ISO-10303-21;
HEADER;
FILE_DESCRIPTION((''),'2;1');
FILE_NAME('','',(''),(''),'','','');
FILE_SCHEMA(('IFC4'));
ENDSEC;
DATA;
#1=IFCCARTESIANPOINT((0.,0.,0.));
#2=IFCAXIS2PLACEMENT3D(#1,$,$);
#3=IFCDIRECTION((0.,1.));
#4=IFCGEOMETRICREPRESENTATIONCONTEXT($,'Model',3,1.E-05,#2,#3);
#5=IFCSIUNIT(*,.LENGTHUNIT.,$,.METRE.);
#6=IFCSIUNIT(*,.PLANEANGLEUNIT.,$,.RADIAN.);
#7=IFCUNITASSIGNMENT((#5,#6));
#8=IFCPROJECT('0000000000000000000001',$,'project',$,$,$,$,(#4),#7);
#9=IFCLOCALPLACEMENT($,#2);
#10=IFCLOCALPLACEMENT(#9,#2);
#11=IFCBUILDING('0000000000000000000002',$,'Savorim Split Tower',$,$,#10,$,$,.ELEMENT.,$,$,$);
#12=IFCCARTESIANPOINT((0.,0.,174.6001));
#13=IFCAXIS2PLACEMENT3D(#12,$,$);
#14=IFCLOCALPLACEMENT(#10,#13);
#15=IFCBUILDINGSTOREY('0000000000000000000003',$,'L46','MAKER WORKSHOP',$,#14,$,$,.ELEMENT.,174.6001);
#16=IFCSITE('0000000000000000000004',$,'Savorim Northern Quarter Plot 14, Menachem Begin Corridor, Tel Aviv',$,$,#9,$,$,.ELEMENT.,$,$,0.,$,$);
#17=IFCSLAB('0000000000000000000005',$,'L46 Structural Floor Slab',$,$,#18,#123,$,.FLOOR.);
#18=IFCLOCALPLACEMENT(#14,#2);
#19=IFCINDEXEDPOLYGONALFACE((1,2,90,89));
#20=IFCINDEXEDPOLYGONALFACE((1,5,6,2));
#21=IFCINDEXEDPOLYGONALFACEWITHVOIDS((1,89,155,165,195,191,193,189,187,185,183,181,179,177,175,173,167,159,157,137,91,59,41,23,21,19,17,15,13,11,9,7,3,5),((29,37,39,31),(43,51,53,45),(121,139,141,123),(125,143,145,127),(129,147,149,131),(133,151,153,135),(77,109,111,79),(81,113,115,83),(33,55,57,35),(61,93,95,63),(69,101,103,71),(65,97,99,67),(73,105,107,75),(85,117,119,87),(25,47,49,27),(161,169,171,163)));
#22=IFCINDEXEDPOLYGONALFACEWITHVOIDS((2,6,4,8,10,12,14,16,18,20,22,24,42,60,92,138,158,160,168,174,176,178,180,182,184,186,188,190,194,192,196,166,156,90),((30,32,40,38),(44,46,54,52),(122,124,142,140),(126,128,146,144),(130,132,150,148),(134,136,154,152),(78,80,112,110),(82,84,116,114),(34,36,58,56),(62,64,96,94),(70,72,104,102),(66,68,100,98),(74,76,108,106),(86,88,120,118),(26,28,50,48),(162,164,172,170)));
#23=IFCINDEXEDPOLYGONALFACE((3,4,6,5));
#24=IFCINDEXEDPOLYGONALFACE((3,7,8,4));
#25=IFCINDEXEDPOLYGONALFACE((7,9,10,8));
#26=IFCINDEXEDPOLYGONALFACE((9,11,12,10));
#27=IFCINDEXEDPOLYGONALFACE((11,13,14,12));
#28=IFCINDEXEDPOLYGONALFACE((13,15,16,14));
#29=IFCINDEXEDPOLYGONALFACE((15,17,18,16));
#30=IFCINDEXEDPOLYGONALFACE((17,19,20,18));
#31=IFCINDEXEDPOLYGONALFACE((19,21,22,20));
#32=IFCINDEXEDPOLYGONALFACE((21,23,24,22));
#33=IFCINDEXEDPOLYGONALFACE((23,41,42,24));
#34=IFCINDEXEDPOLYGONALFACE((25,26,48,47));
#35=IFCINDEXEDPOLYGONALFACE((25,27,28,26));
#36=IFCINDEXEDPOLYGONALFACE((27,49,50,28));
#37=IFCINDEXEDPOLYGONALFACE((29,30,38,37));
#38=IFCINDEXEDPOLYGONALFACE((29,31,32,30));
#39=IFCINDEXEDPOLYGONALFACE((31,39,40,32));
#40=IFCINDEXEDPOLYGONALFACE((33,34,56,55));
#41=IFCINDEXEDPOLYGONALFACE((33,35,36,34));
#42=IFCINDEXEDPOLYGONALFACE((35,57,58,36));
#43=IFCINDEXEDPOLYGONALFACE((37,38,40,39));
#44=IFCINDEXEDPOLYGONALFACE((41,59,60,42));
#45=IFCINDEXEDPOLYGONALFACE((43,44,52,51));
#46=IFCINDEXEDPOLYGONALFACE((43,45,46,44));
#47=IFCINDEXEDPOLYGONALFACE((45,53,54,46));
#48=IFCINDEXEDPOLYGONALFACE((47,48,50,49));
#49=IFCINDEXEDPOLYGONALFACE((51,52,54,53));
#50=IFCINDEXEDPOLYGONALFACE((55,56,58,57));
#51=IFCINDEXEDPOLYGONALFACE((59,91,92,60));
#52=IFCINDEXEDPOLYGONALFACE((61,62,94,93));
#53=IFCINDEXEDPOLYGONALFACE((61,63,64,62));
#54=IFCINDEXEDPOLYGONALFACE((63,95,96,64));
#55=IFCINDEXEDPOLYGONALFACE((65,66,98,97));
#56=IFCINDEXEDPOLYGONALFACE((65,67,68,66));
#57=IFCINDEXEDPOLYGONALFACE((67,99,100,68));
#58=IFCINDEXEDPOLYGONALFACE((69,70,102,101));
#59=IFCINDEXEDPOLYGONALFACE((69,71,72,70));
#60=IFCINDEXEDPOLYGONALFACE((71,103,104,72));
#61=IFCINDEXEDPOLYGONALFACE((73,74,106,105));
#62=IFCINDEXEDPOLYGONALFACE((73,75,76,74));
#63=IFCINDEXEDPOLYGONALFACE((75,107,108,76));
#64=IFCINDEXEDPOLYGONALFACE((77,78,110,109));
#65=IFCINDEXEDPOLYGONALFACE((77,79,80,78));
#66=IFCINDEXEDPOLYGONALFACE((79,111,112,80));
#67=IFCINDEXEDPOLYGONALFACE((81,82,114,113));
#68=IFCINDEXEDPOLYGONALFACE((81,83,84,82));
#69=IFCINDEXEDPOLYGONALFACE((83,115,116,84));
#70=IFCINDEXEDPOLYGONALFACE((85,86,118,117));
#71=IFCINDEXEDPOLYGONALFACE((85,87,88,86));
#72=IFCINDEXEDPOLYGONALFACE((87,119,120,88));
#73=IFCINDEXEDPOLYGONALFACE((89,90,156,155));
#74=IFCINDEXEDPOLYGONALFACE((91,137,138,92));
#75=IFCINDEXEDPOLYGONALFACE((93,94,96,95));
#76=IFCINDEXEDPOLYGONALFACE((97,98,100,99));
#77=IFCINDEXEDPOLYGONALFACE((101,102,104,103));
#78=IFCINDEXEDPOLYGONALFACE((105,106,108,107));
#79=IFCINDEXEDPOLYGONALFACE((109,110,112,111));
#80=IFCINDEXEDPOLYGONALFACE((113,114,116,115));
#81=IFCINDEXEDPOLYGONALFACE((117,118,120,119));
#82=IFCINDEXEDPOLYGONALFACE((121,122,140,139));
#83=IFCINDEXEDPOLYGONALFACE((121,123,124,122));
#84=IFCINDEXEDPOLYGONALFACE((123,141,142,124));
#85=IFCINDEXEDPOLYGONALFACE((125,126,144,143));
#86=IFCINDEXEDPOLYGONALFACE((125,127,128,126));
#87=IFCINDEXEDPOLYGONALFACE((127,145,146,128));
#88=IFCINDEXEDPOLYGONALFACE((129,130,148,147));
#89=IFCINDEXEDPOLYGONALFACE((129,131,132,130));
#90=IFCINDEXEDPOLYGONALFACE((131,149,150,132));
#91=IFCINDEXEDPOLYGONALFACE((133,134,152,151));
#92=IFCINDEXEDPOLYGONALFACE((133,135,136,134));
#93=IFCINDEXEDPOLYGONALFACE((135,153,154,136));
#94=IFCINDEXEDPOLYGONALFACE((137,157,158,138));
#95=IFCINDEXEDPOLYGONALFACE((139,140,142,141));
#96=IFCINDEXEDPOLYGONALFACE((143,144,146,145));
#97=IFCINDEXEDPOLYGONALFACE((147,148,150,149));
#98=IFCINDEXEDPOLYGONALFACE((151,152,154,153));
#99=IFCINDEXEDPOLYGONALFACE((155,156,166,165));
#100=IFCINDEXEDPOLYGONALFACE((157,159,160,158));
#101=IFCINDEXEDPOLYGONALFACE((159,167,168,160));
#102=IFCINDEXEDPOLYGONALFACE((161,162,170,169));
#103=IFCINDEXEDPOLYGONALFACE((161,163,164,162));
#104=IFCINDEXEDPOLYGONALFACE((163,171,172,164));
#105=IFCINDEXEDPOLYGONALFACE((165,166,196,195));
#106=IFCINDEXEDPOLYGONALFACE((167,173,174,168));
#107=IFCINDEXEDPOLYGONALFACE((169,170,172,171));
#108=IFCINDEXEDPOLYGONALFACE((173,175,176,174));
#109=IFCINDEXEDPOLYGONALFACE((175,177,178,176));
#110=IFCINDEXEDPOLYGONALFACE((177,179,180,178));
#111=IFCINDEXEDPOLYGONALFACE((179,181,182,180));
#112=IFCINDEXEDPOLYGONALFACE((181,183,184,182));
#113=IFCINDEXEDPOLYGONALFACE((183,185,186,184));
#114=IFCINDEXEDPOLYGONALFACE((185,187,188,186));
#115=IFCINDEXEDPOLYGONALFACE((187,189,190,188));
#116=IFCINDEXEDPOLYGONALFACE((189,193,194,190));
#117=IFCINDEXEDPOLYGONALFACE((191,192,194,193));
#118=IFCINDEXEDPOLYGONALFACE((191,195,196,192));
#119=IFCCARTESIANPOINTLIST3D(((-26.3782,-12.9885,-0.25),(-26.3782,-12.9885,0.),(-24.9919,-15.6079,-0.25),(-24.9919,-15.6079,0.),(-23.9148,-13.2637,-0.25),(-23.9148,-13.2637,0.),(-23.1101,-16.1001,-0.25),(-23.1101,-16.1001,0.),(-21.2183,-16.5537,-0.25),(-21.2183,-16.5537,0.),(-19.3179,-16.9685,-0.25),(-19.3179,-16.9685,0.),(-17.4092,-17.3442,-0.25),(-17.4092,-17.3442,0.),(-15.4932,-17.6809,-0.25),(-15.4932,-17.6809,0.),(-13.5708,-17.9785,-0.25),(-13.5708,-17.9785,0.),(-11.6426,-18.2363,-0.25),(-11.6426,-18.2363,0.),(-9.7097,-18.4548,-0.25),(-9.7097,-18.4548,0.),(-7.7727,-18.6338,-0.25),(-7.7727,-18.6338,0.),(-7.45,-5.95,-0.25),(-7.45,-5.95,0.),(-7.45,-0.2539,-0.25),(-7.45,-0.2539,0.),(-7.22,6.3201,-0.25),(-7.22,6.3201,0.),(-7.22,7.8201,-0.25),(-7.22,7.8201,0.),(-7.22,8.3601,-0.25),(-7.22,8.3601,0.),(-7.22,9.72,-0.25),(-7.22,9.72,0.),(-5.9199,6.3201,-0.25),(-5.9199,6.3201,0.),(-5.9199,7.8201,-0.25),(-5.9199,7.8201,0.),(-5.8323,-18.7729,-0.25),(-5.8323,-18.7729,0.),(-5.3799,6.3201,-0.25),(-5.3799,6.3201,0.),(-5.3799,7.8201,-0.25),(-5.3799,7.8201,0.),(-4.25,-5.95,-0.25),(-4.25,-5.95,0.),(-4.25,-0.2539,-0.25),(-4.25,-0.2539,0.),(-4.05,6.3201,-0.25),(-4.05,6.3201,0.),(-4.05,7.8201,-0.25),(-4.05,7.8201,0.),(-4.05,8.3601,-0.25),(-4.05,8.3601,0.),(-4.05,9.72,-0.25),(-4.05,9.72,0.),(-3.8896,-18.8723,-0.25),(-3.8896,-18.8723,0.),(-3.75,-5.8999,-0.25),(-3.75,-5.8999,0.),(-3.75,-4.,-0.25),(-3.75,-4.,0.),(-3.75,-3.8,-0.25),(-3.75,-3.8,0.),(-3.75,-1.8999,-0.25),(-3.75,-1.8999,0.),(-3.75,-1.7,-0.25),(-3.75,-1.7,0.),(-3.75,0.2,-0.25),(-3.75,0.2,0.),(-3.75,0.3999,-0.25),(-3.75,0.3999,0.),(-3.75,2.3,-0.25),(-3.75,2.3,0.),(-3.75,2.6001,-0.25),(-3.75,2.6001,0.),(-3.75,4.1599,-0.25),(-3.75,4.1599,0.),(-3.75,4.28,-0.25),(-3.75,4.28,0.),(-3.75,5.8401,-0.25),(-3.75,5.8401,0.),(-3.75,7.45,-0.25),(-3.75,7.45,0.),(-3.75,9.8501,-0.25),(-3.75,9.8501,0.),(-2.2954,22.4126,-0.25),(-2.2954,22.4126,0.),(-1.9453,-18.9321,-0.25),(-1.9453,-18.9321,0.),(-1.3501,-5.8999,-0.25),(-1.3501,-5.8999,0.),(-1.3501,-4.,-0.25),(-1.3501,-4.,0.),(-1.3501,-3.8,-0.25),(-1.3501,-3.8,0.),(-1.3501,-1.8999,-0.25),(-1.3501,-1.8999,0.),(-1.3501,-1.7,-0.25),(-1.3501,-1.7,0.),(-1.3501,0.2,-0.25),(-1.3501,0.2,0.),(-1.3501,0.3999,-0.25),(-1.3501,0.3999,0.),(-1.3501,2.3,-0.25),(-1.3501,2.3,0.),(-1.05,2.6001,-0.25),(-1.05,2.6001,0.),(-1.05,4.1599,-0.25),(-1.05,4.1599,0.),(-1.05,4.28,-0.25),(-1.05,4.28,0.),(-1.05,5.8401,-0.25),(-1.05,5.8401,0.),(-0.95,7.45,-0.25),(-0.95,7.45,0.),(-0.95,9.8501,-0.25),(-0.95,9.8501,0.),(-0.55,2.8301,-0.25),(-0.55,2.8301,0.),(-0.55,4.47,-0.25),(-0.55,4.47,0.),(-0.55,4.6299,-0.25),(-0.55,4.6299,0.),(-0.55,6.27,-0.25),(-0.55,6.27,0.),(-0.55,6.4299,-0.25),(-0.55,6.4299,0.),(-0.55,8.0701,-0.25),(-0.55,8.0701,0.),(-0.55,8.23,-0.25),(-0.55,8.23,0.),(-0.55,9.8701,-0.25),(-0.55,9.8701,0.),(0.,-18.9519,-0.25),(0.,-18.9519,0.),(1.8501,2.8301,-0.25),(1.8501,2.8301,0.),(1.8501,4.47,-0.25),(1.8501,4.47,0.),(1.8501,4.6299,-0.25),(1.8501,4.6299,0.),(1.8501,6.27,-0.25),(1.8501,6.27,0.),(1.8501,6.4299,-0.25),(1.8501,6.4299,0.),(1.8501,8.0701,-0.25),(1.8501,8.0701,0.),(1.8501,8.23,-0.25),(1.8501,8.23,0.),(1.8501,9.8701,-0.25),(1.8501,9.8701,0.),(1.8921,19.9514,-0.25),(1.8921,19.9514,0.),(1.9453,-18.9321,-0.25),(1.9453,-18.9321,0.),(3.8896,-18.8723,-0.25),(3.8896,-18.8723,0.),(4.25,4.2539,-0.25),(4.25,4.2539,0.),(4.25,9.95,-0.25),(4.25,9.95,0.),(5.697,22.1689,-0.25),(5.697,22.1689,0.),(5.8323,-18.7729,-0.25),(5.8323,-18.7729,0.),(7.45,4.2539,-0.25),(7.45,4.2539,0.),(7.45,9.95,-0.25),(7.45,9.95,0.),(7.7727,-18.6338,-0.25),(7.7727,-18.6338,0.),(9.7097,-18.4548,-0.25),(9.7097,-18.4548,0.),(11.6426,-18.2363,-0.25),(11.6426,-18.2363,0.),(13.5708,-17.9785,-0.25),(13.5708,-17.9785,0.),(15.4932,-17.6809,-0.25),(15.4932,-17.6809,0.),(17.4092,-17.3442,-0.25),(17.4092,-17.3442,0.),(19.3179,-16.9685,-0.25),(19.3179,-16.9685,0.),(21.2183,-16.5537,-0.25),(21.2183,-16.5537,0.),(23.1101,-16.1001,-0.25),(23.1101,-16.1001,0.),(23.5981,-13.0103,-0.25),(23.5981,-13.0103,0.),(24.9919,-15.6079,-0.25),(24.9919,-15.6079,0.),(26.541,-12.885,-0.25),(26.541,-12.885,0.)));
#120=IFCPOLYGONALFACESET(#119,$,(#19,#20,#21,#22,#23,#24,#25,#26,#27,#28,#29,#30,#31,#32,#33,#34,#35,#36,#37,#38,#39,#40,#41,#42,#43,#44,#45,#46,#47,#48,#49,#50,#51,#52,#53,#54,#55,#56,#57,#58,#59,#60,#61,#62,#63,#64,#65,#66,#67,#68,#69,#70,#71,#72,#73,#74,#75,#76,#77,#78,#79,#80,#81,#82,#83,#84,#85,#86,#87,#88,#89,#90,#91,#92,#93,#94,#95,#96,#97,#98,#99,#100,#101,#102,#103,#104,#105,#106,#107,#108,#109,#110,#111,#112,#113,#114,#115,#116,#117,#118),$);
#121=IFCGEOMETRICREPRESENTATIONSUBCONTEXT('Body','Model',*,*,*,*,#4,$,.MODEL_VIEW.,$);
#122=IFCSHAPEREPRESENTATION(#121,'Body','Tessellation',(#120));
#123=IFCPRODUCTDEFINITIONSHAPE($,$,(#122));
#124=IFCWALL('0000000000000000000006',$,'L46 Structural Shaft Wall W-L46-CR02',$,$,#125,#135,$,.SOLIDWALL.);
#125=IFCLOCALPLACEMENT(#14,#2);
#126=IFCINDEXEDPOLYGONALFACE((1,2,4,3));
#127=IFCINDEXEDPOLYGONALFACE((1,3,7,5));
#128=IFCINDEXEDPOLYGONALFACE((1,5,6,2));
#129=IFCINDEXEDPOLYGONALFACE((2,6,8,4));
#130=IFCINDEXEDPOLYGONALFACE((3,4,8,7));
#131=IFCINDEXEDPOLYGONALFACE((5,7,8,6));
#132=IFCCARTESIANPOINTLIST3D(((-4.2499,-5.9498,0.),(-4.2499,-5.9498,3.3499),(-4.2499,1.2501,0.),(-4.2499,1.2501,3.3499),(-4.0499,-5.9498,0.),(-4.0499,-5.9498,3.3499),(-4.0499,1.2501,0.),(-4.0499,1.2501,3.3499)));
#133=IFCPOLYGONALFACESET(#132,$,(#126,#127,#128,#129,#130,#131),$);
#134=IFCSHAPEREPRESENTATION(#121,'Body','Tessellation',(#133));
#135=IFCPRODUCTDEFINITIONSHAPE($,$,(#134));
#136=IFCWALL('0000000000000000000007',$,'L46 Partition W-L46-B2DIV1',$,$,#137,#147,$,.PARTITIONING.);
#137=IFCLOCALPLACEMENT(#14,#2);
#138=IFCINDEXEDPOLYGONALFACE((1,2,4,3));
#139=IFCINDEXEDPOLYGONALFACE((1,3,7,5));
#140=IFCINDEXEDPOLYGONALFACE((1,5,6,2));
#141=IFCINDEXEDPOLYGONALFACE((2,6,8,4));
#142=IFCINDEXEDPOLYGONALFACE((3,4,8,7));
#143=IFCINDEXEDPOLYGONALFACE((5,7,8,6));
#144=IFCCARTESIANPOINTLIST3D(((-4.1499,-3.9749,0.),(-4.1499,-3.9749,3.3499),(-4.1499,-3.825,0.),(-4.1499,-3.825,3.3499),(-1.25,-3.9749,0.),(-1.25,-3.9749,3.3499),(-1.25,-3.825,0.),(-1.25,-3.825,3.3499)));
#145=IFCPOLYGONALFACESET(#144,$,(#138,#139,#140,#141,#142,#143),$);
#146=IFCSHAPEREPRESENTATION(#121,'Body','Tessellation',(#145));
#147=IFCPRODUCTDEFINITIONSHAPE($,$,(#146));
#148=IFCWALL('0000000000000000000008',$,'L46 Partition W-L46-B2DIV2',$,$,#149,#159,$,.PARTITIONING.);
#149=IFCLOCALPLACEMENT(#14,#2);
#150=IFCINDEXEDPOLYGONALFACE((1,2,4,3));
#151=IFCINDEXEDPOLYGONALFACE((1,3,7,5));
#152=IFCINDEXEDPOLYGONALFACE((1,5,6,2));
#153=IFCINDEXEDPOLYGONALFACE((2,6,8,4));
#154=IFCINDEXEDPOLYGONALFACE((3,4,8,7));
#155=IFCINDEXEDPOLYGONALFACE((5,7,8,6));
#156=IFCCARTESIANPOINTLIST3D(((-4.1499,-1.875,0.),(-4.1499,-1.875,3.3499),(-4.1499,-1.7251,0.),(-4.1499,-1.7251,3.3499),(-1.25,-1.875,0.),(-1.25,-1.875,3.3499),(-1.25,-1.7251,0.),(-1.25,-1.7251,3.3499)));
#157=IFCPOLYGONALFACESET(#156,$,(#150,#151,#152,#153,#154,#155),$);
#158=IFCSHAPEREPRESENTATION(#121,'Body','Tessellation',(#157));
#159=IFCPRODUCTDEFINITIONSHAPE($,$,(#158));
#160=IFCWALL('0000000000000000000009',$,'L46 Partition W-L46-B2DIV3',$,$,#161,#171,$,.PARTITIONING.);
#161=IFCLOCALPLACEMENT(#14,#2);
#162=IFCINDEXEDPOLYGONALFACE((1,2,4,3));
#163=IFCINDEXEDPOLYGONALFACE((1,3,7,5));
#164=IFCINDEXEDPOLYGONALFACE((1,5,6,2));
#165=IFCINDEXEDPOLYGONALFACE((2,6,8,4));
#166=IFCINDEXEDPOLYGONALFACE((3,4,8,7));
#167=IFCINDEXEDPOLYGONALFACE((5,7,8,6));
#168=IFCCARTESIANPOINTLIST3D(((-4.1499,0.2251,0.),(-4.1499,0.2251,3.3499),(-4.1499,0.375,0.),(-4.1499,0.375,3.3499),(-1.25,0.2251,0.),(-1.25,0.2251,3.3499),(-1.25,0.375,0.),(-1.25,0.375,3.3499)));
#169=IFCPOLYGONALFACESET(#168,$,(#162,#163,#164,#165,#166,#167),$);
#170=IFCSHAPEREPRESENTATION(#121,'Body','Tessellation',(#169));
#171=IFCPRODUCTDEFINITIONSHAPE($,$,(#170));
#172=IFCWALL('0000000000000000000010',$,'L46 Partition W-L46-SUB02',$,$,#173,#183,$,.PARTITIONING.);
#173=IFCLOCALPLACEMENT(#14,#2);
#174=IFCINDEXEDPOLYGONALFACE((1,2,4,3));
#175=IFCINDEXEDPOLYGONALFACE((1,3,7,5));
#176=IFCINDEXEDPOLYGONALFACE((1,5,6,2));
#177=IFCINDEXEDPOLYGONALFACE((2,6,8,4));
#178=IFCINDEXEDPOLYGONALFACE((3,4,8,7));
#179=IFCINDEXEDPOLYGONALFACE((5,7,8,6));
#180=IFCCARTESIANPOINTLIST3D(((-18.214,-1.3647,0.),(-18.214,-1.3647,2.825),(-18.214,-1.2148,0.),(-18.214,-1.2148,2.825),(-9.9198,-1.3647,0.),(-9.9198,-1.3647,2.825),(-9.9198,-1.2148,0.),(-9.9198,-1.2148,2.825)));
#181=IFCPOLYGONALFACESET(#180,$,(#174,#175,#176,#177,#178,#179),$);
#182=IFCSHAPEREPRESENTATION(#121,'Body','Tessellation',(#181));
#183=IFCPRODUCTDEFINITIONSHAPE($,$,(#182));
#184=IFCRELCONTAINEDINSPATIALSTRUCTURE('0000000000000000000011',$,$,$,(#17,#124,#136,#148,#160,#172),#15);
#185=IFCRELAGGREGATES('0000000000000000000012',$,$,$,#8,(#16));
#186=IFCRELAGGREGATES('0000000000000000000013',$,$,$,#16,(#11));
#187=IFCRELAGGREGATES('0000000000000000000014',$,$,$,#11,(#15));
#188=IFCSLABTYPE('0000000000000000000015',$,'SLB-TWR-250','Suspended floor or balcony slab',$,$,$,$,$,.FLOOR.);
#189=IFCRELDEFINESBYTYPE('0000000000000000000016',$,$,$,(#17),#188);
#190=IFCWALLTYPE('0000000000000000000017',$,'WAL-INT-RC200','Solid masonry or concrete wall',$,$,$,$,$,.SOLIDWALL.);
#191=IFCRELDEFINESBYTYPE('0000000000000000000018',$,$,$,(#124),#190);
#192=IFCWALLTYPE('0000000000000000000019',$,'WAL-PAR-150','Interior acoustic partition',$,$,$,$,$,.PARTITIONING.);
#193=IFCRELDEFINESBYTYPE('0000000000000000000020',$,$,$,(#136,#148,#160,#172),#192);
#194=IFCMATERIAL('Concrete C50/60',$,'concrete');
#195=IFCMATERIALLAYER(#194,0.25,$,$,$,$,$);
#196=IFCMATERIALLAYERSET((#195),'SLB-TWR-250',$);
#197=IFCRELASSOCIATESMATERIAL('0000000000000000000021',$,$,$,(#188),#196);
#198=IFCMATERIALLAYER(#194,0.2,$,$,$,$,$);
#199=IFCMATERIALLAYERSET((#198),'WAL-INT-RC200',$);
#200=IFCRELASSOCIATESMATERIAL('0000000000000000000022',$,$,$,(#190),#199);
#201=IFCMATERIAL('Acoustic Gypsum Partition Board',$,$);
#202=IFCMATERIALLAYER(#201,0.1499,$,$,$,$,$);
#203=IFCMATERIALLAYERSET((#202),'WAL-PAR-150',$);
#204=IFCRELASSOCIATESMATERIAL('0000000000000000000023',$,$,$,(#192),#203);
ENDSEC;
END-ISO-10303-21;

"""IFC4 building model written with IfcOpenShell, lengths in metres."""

from ifc_helpers import new_model, si_unit, direction, frame, frame_2d, origin, place, context, subcontext, project, spatial, polyline, rectangle, outline, extrude, material, layer, layer_set, type_object, element, save


model = new_model("IFC4")

# Units and contexts
model_context = context("Model", 3, precision=1e-05, world=origin(), true_north=direction((0.0, 1.0)))
body_context = subcontext(model_context, "Body", "Model", "MODEL_VIEW")
ifc_project = project(units=[si_unit("LENGTHUNIT", "METRE"), si_unit("PLANEANGLEUNIT", "RADIAN")], contexts=[model_context])

# Site, building, storey
site_placement = place(None, origin())
site = spatial("IfcSite", under=ifc_project, at=site_placement, Name="Savorim Northern Quarter Plot 14, Menachem Begin Corridor, Tel Aviv", CompositionType="ELEMENT", RefElevation=0.0)
building_placement = place(site_placement, origin())
building = spatial("IfcBuilding", under=site, at=building_placement, Name="Savorim Split Tower", CompositionType="ELEMENT")
storey_placement = place(building_placement, frame((0.0, 0.0, 174.6001)))
storey = spatial("IfcBuildingStorey", under=building, at=storey_placement, Name="L46", Description="MAKER WORKSHOP", CompositionType="ELEMENT", Elevation=174.6001)

# Shared definitions
ifc_material_1 = material(Name="Concrete C50/60", Category="concrete")

# Slab
ifc_layer_1 = layer(ifc_material_1, 0.25)
ifc_layer_set_1 = layer_set([ifc_layer_1], Name="SLB-TWR-250")
slab_type_1 = type_object("IfcSlabType", Name="SLB-TWR-250", Description="Suspended floor or balcony slab", PredefinedType="FLOOR", material=ifc_layer_set_1)
slab_1_placement = place(storey_placement, frame((0.0, 0.0, -0.25)))
element("IfcSlab", 1, at=slab_1_placement, inside=storey, type_object=slab_type_1, Name="L46 Structural Floor Slab", PredefinedType="FLOOR", context=body_context, shape_type="SweptSolid", body=[
    extrude(outline(polyline([(-24.9919, -15.6079), (-23.1101, -16.1001), (-21.2183, -16.5537), (-19.3179, -16.9685), (-17.4092, -17.3442), (-15.4932, -17.6809), (-13.5708, -17.9785), (-11.6426, -18.2363), (-9.7097, -18.4548), (-7.7727, -18.6338), (-5.8323, -18.7729), (-3.8896, -18.8723), (-1.9453, -18.9321), (0.0, -18.9519), (1.9453, -18.9321), (3.8896, -18.8723), (5.8323, -18.7729), (7.7727, -18.6338), (9.7097, -18.4548), (11.6426, -18.2363), (13.5708, -17.9785), (15.4932, -17.6809), (17.4092, -17.3442), (19.3179, -16.9685), (21.2183, -16.5537), (23.1101, -16.1001), (24.9919, -15.6079), (23.5981, -13.0103), (26.541, -12.885), (5.697, 22.1689), (1.8921, 19.9514), (-2.2954, 22.4126), (-26.3782, -12.9885), (-23.9148, -13.2637), (-24.9919, -15.6079)]), holes=[polyline([(-7.45, -0.2539), (-7.45, -5.95), (-4.25, -5.95), (-4.25, -0.2539), (-7.45, -0.2539)]), polyline([(7.45, 4.2539), (7.45, 9.95), (4.25, 9.95), (4.25, 4.2539), (7.45, 4.2539)]), polyline([(-3.75, -5.8999), (-1.3501, -5.8999), (-1.3501, -4.0), (-3.75, -4.0), (-3.75, -5.8999)]), polyline([(-3.75, -3.8), (-1.3501, -3.8), (-1.3501, -1.8999), (-3.75, -1.8999), (-3.75, -3.8)]), polyline([(-3.75, -1.7), (-1.3501, -1.7), (-1.3501, 0.2), (-3.75, 0.2), (-3.75, -1.7)]), polyline([(-3.75, 0.3999), (-1.3501, 0.3999), (-1.3501, 2.3), (-3.75, 2.3), (-3.75, 0.3999)]), polyline([(-0.55, 2.8301), (1.8501, 2.8301), (1.8501, 4.47), (-0.55, 4.47), (-0.55, 2.8301)]), polyline([(-0.55, 4.6299), (1.8501, 4.6299), (1.8501, 6.27), (-0.55, 6.27), (-0.55, 4.6299)]), polyline([(-0.55, 6.4299), (1.8501, 6.4299), (1.8501, 8.0701), (-0.55, 8.0701), (-0.55, 6.4299)]), polyline([(-0.55, 8.23), (1.8501, 8.23), (1.8501, 9.8701), (-0.55, 9.8701), (-0.55, 8.23)]), polyline([(-3.75, 2.6001), (-1.05, 2.6001), (-1.05, 4.1599), (-3.75, 4.1599), (-3.75, 2.6001)]), polyline([(-3.75, 4.28), (-1.05, 4.28), (-1.05, 5.8401), (-3.75, 5.8401), (-3.75, 4.28)]), polyline([(-3.75, 7.45), (-0.95, 7.45), (-0.95, 9.8501), (-3.75, 9.8501), (-3.75, 7.45)]), polyline([(-7.22, 6.3201), (-5.9199, 6.3201), (-5.9199, 7.8201), (-7.22, 7.8201), (-7.22, 6.3201)]), polyline([(-5.3799, 6.3201), (-4.05, 6.3201), (-4.05, 7.8201), (-5.3799, 7.8201), (-5.3799, 6.3201)]), polyline([(-7.22, 8.3601), (-4.05, 8.3601), (-4.05, 9.72), (-7.22, 9.72), (-7.22, 8.3601)])]), origin(), (0.0, 0.0, 1.0), 0.25),
])

# Shared definitions
ifc_layer_2 = layer(ifc_material_1, 0.2)
ifc_layer_set_2 = layer_set([ifc_layer_2], Name="WAL-INT-RC200")
wall_type_1 = type_object("IfcWallType", Name="WAL-INT-RC200", Description="Solid masonry or concrete wall", PredefinedType="SOLIDWALL", material=ifc_layer_set_2)

# Walls
wall_1_placement = place(storey_placement, frame((-4.1499, -5.95, 0.0), z_axis=(0.0, 0.0, 1.0), x_axis=(0.0, 1.0, 0.0)))
element("IfcWall", 2, at=wall_1_placement, inside=storey, type_object=wall_type_1, Name="L46 Structural Shaft Wall W-L46-CR02", PredefinedType="SOLIDWALL", context=body_context, shape_type="SweptSolid", body=[
    extrude(rectangle(XDim=7.2, YDim=0.2, at=frame_2d((3.6001, 0.0))), origin(), (0.0, 0.0, 1.0), 3.3499),
])
ifc_material_2 = material(Name="Acoustic Gypsum Partition Board")
ifc_layer_3 = layer(ifc_material_2, 0.1499)
ifc_layer_set_3 = layer_set([ifc_layer_3], Name="WAL-PAR-150")
wall_type_2 = type_object("IfcWallType", Name="WAL-PAR-150", Description="Interior acoustic partition", PredefinedType="PARTITIONING", material=ifc_layer_set_3)
for number, where, z_axis, x_axis, name in (
    (3, (-4.1499, -3.8999, 0.0), (0.0, 0.0, 1.0), (1.0, 0.0, 0.0), "L46 Partition W-L46-B2DIV1"),
    (4, (-4.1499, -1.8, 0.0), (0.0, 0.0, 1.0), (1.0, 0.0, 0.0), "L46 Partition W-L46-B2DIV2"),
    (5, (-4.1499, 0.3, 0.0), (0.0, 0.0, 1.0), (1.0, 0.0, 0.0), "L46 Partition W-L46-B2DIV3"),
):
    element("IfcWall", number, at=place(storey_placement, frame(where, z_axis=z_axis, x_axis=x_axis)), inside=storey, type_object=wall_type_2, Name=name, PredefinedType="PARTITIONING", context=body_context, shape_type="SweptSolid", body=[
        extrude(rectangle(XDim=2.8999, YDim=0.1499, at=frame_2d((1.45, 0.0))), origin(), (0.0, 0.0, 1.0), 3.3499),
    ])
wall_2_placement = place(storey_placement, frame((-9.9199, -1.2898, 0.0), z_axis=(0.0, 0.0, 1.0), x_axis=(-1.0, 0.0, 0.0)))
element("IfcWall", 6, at=wall_2_placement, inside=storey, type_object=wall_type_2, Name="L46 Partition W-L46-SUB02", PredefinedType="PARTITIONING", context=body_context, shape_type="SweptSolid", body=[
    extrude(rectangle(XDim=8.2942, YDim=0.1499, at=frame_2d((4.147, 0.0))), origin(), (0.0, 0.0, 1.0), 2.825),
])

save(model, "model.ifc")
